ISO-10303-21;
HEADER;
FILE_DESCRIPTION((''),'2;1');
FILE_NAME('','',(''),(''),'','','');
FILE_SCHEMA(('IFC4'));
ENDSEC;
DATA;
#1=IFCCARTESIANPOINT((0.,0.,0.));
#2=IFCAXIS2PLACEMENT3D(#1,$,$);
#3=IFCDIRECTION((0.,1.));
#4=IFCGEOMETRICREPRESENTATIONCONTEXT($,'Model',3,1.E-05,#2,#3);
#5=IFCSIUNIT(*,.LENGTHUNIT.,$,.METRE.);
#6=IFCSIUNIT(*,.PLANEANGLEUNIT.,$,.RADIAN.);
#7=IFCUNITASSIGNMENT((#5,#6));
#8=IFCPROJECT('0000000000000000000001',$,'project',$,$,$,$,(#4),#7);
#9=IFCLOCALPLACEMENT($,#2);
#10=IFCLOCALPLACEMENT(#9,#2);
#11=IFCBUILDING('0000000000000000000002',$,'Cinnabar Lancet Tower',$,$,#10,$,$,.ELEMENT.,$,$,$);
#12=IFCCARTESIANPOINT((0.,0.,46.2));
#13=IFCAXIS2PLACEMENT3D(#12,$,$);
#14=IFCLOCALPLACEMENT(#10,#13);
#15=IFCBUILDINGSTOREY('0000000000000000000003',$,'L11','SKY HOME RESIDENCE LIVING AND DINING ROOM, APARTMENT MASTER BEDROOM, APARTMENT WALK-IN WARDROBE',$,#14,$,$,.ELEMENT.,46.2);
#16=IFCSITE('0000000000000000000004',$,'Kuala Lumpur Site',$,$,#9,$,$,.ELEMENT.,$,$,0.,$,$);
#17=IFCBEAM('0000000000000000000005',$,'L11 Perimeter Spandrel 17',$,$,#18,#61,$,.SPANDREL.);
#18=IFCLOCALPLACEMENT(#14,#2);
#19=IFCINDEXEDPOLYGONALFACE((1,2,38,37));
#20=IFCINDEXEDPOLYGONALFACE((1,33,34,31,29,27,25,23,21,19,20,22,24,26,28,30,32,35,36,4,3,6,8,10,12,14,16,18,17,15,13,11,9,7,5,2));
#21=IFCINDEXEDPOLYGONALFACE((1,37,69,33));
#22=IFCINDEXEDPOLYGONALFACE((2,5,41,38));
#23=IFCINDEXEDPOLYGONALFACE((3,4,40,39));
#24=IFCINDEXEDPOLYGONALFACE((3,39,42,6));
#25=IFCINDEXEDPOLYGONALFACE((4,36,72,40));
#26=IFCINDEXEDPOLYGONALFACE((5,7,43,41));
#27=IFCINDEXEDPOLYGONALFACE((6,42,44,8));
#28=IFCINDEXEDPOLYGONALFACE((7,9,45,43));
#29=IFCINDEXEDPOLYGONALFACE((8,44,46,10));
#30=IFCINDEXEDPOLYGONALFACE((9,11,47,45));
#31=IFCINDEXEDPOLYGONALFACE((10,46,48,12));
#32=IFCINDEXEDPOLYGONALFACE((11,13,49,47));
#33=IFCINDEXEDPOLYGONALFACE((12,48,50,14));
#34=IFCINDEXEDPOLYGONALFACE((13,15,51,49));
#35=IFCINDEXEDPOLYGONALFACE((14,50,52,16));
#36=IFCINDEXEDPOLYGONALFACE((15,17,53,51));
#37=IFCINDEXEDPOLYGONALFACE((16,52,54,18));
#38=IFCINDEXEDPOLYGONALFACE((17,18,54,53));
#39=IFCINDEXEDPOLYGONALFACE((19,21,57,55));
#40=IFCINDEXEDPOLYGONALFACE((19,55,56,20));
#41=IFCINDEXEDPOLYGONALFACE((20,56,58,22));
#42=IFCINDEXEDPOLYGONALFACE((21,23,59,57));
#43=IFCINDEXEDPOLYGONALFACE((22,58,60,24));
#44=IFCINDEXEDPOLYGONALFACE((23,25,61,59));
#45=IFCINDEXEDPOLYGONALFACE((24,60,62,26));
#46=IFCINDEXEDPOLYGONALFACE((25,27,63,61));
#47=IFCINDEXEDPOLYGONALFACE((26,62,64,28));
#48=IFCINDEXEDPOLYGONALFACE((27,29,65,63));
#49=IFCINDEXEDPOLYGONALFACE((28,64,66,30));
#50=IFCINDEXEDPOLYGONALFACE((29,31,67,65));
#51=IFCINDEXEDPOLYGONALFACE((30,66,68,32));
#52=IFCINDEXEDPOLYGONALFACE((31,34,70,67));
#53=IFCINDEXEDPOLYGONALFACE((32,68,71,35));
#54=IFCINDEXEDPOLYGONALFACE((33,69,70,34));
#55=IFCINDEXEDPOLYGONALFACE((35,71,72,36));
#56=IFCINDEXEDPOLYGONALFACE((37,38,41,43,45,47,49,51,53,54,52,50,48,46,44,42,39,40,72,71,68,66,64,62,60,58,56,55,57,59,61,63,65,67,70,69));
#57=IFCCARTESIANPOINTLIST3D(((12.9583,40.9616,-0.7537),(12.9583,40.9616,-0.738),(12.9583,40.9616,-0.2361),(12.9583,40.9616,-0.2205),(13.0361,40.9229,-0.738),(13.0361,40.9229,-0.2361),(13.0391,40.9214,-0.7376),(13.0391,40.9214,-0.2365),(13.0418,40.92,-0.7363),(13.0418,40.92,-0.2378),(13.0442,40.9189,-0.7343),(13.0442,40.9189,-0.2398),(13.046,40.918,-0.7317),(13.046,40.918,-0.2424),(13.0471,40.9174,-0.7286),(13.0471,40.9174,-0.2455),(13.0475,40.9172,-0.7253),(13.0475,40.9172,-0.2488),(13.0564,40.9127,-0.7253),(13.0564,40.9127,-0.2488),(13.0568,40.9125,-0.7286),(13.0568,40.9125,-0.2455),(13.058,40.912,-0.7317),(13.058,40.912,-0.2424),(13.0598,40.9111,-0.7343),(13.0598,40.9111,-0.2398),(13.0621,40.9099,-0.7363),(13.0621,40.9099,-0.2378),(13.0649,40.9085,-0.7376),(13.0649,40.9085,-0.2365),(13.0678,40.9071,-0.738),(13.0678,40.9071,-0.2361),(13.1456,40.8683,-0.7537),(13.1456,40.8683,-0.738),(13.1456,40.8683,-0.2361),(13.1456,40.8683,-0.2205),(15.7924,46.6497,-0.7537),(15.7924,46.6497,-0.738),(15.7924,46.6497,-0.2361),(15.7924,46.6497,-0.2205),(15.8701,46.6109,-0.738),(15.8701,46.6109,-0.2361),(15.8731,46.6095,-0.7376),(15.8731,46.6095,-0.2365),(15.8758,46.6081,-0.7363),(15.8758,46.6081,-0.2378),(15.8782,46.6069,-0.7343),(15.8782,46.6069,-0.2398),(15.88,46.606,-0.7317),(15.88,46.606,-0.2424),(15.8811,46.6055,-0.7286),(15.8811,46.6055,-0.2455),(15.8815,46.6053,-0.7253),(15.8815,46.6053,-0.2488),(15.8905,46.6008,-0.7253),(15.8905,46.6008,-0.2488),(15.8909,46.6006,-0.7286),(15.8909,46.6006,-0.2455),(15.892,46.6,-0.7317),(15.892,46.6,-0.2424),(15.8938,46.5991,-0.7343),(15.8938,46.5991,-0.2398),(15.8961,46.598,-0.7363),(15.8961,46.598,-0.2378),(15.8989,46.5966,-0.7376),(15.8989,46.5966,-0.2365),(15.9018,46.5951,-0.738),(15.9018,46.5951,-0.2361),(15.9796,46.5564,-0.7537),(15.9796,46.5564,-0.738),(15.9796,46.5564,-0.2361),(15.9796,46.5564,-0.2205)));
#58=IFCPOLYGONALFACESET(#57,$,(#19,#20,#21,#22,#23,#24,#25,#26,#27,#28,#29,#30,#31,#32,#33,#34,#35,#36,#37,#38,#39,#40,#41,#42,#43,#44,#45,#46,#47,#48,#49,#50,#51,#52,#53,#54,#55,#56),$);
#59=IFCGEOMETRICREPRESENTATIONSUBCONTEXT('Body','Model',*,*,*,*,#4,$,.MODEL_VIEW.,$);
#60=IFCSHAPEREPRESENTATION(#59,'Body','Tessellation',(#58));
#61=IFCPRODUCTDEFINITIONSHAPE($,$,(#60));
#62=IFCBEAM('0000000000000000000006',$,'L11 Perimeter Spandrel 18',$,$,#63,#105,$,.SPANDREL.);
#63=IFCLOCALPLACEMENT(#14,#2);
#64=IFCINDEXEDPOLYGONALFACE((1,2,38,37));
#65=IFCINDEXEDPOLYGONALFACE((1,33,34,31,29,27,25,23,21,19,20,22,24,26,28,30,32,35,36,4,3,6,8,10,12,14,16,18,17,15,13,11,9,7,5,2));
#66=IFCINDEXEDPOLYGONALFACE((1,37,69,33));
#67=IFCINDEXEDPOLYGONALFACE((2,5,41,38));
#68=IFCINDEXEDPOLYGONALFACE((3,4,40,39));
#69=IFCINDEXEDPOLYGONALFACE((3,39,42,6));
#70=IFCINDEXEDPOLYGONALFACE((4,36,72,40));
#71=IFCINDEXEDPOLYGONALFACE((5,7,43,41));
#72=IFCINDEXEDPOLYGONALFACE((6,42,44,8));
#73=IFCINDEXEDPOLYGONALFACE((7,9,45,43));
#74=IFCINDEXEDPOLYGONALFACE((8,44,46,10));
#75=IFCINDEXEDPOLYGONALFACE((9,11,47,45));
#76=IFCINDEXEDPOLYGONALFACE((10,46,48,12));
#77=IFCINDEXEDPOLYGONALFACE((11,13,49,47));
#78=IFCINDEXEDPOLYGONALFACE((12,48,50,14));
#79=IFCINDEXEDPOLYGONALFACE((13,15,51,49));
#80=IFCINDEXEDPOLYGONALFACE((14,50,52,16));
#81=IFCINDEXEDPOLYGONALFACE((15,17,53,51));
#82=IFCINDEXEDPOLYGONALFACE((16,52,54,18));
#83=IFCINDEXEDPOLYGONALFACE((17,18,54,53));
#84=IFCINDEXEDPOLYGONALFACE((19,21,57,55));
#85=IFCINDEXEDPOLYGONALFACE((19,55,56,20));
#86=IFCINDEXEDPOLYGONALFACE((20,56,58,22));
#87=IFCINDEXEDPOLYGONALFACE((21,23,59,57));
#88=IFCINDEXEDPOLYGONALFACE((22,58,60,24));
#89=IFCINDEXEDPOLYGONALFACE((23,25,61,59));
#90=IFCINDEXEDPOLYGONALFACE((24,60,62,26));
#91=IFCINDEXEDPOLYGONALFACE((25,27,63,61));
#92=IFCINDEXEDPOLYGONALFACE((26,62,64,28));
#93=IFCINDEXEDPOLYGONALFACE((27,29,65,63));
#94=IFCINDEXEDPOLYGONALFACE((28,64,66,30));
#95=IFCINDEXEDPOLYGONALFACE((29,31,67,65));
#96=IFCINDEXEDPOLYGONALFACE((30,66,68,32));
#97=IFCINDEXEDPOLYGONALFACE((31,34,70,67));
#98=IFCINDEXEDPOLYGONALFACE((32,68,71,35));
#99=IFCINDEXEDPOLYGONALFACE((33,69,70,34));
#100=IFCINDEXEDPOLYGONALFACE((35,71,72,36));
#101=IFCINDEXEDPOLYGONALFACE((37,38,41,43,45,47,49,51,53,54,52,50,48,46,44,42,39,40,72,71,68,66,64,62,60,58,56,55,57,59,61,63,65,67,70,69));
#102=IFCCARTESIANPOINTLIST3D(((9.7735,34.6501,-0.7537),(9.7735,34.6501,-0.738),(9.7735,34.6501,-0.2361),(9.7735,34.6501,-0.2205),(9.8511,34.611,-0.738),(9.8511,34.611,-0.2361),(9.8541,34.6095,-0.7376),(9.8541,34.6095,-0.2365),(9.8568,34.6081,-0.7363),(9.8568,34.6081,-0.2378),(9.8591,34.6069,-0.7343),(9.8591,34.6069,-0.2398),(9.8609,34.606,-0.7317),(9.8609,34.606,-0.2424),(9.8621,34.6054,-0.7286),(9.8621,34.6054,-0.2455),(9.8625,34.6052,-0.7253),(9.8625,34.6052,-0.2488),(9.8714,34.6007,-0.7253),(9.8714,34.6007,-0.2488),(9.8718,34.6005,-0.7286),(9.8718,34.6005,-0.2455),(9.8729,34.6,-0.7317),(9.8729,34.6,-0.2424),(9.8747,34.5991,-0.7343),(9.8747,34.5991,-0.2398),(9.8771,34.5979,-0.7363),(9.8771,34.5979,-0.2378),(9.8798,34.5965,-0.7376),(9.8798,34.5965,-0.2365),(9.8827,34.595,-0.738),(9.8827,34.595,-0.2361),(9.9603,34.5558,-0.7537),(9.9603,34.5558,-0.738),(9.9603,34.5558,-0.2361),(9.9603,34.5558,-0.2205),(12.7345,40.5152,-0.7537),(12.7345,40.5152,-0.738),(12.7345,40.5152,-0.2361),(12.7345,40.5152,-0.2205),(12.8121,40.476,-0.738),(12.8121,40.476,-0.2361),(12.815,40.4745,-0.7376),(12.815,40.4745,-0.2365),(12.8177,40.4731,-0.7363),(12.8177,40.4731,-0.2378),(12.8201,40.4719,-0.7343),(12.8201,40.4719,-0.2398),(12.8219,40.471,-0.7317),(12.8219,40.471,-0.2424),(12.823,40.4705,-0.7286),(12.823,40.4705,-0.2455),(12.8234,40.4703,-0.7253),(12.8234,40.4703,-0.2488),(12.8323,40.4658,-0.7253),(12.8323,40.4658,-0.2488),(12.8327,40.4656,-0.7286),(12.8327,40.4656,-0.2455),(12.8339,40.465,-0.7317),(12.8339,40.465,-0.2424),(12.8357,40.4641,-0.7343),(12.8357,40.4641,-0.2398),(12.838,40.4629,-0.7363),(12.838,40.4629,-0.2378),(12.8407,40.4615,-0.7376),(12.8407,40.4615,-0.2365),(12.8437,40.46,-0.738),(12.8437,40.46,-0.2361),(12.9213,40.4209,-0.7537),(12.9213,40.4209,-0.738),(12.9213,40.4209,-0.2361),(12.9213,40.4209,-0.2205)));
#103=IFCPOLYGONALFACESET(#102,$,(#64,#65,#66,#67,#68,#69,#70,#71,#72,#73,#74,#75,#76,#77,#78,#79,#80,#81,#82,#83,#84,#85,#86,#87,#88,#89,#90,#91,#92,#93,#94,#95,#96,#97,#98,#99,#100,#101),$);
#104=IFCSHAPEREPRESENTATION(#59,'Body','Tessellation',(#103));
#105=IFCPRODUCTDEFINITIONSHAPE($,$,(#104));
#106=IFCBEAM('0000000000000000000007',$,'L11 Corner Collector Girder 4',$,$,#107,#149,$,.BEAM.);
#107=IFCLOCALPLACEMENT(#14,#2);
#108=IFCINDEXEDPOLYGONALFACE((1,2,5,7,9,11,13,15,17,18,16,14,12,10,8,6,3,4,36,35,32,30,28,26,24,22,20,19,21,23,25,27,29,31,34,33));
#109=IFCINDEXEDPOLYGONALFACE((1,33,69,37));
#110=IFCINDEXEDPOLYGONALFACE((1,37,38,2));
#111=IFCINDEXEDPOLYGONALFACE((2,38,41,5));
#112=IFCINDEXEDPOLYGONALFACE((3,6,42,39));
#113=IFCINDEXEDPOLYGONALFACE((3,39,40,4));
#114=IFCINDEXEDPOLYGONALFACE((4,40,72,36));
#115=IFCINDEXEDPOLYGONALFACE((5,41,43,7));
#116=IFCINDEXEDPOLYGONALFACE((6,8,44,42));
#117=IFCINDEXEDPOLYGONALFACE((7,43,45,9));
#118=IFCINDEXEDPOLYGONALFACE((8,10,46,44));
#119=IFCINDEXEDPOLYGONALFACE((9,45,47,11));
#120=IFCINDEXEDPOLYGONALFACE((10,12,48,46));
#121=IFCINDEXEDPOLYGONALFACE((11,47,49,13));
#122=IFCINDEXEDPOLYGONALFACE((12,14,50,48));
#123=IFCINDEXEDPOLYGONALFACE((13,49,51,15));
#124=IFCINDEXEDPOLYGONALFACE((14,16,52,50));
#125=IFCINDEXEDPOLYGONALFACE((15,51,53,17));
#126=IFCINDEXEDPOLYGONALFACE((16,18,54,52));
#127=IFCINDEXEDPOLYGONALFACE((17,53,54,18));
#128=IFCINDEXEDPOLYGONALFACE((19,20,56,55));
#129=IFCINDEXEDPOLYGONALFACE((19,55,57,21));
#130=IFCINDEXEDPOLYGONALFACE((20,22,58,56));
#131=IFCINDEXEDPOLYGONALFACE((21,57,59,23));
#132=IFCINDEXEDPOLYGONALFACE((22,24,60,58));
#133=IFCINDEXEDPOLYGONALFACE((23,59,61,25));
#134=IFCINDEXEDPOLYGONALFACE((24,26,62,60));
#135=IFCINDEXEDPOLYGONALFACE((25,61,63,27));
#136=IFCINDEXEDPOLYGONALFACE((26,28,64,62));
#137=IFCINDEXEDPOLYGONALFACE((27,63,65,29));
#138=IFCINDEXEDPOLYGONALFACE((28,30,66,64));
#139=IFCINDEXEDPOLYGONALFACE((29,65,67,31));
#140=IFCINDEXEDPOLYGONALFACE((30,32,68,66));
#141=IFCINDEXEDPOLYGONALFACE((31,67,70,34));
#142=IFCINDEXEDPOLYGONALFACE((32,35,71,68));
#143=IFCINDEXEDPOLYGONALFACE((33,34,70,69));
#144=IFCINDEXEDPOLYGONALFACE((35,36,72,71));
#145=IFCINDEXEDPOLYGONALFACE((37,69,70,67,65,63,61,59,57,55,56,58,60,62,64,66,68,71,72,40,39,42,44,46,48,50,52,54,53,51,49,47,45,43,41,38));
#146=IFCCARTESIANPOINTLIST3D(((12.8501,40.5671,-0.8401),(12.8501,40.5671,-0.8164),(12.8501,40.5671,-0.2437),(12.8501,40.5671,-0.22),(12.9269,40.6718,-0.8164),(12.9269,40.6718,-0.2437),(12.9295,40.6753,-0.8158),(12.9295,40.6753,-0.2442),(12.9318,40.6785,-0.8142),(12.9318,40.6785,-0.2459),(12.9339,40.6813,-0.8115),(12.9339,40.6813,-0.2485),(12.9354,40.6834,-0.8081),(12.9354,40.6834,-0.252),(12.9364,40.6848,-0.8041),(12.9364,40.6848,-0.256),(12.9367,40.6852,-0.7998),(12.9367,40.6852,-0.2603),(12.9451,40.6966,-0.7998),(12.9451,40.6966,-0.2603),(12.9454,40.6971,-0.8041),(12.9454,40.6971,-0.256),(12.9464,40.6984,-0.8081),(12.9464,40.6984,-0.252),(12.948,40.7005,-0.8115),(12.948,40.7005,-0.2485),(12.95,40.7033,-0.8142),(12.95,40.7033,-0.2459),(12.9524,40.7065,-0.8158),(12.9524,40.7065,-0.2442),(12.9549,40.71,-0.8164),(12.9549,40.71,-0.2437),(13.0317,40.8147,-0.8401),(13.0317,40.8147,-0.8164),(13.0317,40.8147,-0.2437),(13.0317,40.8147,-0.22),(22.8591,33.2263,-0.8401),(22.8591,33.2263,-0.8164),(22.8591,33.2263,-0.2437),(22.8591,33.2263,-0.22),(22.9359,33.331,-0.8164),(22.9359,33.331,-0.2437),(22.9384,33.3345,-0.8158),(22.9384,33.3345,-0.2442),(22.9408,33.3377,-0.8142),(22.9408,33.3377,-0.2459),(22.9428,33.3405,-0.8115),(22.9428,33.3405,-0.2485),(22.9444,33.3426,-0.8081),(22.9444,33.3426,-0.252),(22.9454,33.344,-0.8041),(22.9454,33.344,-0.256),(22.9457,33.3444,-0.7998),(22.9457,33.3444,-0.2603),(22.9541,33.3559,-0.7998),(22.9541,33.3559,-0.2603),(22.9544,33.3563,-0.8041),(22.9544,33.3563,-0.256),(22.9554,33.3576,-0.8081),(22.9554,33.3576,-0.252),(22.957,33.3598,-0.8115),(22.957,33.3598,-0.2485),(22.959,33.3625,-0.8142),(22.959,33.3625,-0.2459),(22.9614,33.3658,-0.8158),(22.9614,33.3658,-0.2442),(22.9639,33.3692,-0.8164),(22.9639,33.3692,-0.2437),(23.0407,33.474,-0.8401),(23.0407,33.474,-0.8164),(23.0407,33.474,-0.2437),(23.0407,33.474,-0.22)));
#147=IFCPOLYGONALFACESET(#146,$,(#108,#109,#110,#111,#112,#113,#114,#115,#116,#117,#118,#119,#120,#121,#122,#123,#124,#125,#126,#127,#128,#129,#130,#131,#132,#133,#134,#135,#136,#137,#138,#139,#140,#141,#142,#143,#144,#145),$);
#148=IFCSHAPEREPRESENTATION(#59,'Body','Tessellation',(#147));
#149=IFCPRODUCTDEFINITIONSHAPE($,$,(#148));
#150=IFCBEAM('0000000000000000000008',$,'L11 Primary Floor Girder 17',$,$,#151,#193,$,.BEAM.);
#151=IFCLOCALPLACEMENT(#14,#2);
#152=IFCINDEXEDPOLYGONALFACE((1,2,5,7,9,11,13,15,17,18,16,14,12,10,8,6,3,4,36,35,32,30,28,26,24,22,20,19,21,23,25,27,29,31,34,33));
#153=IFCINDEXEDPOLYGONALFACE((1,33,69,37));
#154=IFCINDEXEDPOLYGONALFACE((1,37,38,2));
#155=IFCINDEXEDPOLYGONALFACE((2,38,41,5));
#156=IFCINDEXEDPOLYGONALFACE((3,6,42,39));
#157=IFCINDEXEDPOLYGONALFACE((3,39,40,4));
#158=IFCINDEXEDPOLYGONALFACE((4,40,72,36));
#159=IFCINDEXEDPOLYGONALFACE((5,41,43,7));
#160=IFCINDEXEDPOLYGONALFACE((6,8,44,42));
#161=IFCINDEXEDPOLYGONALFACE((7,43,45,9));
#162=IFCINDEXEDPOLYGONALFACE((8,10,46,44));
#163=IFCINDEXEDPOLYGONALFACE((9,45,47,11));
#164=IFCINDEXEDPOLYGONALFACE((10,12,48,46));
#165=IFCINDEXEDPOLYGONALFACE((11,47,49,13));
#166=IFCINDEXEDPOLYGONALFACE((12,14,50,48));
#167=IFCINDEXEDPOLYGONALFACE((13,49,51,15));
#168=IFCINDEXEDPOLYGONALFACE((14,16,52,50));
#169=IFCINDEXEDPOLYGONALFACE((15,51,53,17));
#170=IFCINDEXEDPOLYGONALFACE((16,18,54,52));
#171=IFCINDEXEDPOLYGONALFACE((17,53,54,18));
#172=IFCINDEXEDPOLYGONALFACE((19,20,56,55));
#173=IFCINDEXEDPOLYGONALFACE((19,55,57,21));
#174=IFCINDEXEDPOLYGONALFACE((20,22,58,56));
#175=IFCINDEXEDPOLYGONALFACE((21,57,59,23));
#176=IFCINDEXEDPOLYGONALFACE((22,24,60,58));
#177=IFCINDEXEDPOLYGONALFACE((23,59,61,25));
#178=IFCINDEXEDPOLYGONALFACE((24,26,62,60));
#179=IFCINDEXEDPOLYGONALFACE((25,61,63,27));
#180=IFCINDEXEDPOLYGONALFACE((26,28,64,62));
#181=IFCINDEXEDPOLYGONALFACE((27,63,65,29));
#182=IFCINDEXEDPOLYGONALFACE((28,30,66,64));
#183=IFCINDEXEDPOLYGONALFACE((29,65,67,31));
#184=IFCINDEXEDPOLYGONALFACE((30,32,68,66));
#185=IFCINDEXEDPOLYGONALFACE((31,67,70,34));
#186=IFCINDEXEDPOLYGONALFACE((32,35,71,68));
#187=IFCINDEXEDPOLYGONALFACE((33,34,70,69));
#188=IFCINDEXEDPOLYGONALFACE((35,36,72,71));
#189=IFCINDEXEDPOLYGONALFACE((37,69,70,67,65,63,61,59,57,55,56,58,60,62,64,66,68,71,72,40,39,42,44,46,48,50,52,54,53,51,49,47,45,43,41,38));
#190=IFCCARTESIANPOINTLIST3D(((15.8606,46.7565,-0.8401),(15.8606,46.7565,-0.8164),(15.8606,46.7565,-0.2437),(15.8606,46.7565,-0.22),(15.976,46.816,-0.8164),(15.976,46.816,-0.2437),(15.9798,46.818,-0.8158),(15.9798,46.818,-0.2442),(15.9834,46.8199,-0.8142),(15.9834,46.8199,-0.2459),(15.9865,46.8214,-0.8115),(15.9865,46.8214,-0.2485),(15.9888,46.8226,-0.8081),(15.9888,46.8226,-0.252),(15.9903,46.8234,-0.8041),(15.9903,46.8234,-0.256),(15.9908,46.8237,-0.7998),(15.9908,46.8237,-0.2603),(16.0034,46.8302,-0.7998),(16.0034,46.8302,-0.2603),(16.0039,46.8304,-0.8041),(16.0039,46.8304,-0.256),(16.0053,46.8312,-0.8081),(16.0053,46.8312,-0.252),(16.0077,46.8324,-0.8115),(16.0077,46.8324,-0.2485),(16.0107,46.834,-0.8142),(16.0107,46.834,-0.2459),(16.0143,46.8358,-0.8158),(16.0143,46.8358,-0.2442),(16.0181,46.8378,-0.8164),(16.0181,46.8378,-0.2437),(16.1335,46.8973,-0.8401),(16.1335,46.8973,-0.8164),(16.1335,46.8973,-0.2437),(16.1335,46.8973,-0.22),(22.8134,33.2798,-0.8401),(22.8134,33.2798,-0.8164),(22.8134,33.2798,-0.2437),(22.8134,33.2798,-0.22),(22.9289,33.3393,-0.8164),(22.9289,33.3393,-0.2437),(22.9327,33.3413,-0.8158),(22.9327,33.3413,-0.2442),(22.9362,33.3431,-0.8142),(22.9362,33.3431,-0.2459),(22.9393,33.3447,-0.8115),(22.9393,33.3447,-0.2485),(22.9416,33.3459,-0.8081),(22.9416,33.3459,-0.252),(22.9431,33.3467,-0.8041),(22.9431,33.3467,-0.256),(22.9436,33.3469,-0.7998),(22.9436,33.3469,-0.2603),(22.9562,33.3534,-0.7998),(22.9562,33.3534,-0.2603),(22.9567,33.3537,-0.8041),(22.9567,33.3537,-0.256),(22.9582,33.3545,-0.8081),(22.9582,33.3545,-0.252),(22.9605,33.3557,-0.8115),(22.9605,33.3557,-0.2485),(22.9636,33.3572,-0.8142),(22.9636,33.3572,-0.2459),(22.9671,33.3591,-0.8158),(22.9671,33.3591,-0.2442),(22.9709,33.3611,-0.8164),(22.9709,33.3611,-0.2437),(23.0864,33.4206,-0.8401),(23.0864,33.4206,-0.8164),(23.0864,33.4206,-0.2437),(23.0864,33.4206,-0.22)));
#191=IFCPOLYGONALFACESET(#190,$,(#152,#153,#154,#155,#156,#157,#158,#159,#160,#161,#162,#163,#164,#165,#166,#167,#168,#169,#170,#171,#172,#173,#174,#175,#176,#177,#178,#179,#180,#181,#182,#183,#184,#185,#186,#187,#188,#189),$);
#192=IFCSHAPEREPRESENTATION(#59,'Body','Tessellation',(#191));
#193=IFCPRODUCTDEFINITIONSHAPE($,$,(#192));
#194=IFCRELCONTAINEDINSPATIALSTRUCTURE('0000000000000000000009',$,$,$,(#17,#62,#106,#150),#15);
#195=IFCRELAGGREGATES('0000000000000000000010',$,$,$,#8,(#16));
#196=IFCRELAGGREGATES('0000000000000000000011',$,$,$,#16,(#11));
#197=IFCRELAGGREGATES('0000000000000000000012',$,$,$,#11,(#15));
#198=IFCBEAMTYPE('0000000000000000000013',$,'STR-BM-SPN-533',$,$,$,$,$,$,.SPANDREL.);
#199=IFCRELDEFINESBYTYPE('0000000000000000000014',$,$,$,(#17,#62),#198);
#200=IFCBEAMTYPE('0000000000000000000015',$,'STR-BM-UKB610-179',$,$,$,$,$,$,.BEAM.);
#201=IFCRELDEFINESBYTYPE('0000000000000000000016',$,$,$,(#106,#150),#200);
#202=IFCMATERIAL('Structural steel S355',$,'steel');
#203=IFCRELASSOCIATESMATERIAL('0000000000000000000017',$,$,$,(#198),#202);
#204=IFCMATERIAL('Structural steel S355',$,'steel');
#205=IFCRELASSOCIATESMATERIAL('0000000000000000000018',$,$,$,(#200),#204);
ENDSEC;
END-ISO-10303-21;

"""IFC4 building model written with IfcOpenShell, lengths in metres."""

from ifc_helpers import new_model, si_unit, direction, frame, origin, origin_2d, place, context, subcontext, project, spatial, i_section, extrude, material, material_profile, profile_set, type_object, element, save


model = new_model("IFC4")

# Units and contexts
model_context = context("Model", 3, precision=1e-05, world=origin(), true_north=direction((0.0, 1.0)))
body_context = subcontext(model_context, "Body", "Model", "MODEL_VIEW")
ifc_project = project(units=[si_unit("LENGTHUNIT", "METRE"), si_unit("PLANEANGLEUNIT", "RADIAN")], contexts=[model_context])

# Site, building, storey
site_placement = place(None, origin())
site = spatial("IfcSite", under=ifc_project, at=site_placement, Name="Kuala Lumpur Site", CompositionType="ELEMENT", RefElevation=0.0)
building_placement = place(site_placement, origin())
building = spatial("IfcBuilding", under=site, at=building_placement, Name="Cinnabar Lancet Tower", CompositionType="ELEMENT")
storey_placement = place(building_placement, frame((0.0, 0.0, 46.2)))
storey = spatial("IfcBuildingStorey", under=building, at=storey_placement, Name="L11", Description="SKY HOME RESIDENCE LIVING AND DINING ROOM, APARTMENT MASTER BEDROOM, APARTMENT WALK-IN WARDROBE", CompositionType="ELEMENT", Elevation=46.2)

# Beams
ifc_material_1 = material(Name="Structural steel S355", Category="steel")
ifc_material_profile_1 = material_profile(ifc_material_1, i_section(OverallWidth=0.2092, OverallDepth=0.5332, WebThickness=0.01, FlangeThickness=0.0156, FilletRadius=0.0127, at=origin_2d()), Name="UKB 533x210x92")
ifc_profile_set_1 = profile_set([ifc_material_profile_1], Name="Structural steel S355")
beam_type_1 = type_object("IfcBeamType", Name="STR-BM-SPN-533", PredefinedType="SPANDREL", material=ifc_profile_set_1)
beam_1_placement = place(storey_placement, frame((15.886, 46.603, -0.4871), z_axis=(-0.445953, -0.895056, 0.0), x_axis=(0.895056, -0.445953, 0.0)))
element("IfcBeam", 1, at=beam_1_placement, inside=storey, type_object=beam_type_1, Name="L11 Perimeter Spandrel 17", PredefinedType="SPANDREL", context=body_context, shape_type="SweptSolid", body=[
    extrude(i_section(OverallWidth=0.2092, OverallDepth=0.5332, WebThickness=0.01, FlangeThickness=0.0156, FilletRadius=0.0127, at=origin_2d()), origin(), (0.0, 0.0, 1.0), 6.355),
])
beam_2_placement = place(storey_placement, frame((12.8279, 40.468, -0.4871), z_axis=(-0.450674, -0.892689, 0.0), x_axis=(0.892689, -0.450674, 0.0)))
element("IfcBeam", 2, at=beam_2_placement, inside=storey, type_object=beam_type_1, Name="L11 Perimeter Spandrel 18", PredefinedType="SPANDREL", context=body_context, shape_type="SweptSolid", body=[
    extrude(i_section(OverallWidth=0.2092, OverallDepth=0.5332, WebThickness=0.01, FlangeThickness=0.0156, FilletRadius=0.0127, at=origin_2d()), origin(), (0.0, 0.0, 1.0), 6.5701),
])
ifc_material_2 = material(Name="Structural steel S355", Category="steel")
ifc_material_profile_2 = material_profile(ifc_material_2, i_section(OverallWidth=0.3071, OverallDepth=0.6201, WebThickness=0.0142, FlangeThickness=0.0237, FilletRadius=0.0166, at=origin_2d()), Name="UKB 610x305x179")
ifc_profile_set_2 = profile_set([ifc_material_profile_2], Name="Structural steel S355")
beam_type_2 = type_object("IfcBeamType", Name="STR-BM-UKB610-179", PredefinedType="BEAM", material=ifc_profile_set_2)
beam_3_placement = place(storey_placement, frame((12.9409, 40.6909, -0.53), z_axis=(0.806372, -0.591409, 0.0), x_axis=(0.591409, 0.806372, 0.0)))
element("IfcBeam", 3, at=beam_3_placement, inside=storey, type_object=beam_type_2, Name="L11 Corner Collector Girder 4", PredefinedType="BEAM", context=body_context, shape_type="SweptSolid", body=[
    extrude(i_section(OverallWidth=0.3071, OverallDepth=0.6201, WebThickness=0.0142, FlangeThickness=0.0237, FilletRadius=0.0166, at=origin_2d()), origin(), (0.0, 0.0, 1.0), 12.4124),
])
beam_4_placement = place(storey_placement, frame((15.9971, 46.8269, -0.53), z_axis=(0.458492, -0.888698, 0.0), x_axis=(0.888698, 0.458492, 0.0)))
element("IfcBeam", 4, at=beam_4_placement, inside=storey, type_object=beam_type_2, Name="L11 Primary Floor Girder 17", PredefinedType="BEAM", context=body_context, shape_type="SweptSolid", body=[
    extrude(i_section(OverallWidth=0.3071, OverallDepth=0.6201, WebThickness=0.0142, FlangeThickness=0.0237, FilletRadius=0.0166, at=origin_2d()), origin(), (0.0, 0.0, 1.0), 15.1646),
])

save(model, "model.ifc")
